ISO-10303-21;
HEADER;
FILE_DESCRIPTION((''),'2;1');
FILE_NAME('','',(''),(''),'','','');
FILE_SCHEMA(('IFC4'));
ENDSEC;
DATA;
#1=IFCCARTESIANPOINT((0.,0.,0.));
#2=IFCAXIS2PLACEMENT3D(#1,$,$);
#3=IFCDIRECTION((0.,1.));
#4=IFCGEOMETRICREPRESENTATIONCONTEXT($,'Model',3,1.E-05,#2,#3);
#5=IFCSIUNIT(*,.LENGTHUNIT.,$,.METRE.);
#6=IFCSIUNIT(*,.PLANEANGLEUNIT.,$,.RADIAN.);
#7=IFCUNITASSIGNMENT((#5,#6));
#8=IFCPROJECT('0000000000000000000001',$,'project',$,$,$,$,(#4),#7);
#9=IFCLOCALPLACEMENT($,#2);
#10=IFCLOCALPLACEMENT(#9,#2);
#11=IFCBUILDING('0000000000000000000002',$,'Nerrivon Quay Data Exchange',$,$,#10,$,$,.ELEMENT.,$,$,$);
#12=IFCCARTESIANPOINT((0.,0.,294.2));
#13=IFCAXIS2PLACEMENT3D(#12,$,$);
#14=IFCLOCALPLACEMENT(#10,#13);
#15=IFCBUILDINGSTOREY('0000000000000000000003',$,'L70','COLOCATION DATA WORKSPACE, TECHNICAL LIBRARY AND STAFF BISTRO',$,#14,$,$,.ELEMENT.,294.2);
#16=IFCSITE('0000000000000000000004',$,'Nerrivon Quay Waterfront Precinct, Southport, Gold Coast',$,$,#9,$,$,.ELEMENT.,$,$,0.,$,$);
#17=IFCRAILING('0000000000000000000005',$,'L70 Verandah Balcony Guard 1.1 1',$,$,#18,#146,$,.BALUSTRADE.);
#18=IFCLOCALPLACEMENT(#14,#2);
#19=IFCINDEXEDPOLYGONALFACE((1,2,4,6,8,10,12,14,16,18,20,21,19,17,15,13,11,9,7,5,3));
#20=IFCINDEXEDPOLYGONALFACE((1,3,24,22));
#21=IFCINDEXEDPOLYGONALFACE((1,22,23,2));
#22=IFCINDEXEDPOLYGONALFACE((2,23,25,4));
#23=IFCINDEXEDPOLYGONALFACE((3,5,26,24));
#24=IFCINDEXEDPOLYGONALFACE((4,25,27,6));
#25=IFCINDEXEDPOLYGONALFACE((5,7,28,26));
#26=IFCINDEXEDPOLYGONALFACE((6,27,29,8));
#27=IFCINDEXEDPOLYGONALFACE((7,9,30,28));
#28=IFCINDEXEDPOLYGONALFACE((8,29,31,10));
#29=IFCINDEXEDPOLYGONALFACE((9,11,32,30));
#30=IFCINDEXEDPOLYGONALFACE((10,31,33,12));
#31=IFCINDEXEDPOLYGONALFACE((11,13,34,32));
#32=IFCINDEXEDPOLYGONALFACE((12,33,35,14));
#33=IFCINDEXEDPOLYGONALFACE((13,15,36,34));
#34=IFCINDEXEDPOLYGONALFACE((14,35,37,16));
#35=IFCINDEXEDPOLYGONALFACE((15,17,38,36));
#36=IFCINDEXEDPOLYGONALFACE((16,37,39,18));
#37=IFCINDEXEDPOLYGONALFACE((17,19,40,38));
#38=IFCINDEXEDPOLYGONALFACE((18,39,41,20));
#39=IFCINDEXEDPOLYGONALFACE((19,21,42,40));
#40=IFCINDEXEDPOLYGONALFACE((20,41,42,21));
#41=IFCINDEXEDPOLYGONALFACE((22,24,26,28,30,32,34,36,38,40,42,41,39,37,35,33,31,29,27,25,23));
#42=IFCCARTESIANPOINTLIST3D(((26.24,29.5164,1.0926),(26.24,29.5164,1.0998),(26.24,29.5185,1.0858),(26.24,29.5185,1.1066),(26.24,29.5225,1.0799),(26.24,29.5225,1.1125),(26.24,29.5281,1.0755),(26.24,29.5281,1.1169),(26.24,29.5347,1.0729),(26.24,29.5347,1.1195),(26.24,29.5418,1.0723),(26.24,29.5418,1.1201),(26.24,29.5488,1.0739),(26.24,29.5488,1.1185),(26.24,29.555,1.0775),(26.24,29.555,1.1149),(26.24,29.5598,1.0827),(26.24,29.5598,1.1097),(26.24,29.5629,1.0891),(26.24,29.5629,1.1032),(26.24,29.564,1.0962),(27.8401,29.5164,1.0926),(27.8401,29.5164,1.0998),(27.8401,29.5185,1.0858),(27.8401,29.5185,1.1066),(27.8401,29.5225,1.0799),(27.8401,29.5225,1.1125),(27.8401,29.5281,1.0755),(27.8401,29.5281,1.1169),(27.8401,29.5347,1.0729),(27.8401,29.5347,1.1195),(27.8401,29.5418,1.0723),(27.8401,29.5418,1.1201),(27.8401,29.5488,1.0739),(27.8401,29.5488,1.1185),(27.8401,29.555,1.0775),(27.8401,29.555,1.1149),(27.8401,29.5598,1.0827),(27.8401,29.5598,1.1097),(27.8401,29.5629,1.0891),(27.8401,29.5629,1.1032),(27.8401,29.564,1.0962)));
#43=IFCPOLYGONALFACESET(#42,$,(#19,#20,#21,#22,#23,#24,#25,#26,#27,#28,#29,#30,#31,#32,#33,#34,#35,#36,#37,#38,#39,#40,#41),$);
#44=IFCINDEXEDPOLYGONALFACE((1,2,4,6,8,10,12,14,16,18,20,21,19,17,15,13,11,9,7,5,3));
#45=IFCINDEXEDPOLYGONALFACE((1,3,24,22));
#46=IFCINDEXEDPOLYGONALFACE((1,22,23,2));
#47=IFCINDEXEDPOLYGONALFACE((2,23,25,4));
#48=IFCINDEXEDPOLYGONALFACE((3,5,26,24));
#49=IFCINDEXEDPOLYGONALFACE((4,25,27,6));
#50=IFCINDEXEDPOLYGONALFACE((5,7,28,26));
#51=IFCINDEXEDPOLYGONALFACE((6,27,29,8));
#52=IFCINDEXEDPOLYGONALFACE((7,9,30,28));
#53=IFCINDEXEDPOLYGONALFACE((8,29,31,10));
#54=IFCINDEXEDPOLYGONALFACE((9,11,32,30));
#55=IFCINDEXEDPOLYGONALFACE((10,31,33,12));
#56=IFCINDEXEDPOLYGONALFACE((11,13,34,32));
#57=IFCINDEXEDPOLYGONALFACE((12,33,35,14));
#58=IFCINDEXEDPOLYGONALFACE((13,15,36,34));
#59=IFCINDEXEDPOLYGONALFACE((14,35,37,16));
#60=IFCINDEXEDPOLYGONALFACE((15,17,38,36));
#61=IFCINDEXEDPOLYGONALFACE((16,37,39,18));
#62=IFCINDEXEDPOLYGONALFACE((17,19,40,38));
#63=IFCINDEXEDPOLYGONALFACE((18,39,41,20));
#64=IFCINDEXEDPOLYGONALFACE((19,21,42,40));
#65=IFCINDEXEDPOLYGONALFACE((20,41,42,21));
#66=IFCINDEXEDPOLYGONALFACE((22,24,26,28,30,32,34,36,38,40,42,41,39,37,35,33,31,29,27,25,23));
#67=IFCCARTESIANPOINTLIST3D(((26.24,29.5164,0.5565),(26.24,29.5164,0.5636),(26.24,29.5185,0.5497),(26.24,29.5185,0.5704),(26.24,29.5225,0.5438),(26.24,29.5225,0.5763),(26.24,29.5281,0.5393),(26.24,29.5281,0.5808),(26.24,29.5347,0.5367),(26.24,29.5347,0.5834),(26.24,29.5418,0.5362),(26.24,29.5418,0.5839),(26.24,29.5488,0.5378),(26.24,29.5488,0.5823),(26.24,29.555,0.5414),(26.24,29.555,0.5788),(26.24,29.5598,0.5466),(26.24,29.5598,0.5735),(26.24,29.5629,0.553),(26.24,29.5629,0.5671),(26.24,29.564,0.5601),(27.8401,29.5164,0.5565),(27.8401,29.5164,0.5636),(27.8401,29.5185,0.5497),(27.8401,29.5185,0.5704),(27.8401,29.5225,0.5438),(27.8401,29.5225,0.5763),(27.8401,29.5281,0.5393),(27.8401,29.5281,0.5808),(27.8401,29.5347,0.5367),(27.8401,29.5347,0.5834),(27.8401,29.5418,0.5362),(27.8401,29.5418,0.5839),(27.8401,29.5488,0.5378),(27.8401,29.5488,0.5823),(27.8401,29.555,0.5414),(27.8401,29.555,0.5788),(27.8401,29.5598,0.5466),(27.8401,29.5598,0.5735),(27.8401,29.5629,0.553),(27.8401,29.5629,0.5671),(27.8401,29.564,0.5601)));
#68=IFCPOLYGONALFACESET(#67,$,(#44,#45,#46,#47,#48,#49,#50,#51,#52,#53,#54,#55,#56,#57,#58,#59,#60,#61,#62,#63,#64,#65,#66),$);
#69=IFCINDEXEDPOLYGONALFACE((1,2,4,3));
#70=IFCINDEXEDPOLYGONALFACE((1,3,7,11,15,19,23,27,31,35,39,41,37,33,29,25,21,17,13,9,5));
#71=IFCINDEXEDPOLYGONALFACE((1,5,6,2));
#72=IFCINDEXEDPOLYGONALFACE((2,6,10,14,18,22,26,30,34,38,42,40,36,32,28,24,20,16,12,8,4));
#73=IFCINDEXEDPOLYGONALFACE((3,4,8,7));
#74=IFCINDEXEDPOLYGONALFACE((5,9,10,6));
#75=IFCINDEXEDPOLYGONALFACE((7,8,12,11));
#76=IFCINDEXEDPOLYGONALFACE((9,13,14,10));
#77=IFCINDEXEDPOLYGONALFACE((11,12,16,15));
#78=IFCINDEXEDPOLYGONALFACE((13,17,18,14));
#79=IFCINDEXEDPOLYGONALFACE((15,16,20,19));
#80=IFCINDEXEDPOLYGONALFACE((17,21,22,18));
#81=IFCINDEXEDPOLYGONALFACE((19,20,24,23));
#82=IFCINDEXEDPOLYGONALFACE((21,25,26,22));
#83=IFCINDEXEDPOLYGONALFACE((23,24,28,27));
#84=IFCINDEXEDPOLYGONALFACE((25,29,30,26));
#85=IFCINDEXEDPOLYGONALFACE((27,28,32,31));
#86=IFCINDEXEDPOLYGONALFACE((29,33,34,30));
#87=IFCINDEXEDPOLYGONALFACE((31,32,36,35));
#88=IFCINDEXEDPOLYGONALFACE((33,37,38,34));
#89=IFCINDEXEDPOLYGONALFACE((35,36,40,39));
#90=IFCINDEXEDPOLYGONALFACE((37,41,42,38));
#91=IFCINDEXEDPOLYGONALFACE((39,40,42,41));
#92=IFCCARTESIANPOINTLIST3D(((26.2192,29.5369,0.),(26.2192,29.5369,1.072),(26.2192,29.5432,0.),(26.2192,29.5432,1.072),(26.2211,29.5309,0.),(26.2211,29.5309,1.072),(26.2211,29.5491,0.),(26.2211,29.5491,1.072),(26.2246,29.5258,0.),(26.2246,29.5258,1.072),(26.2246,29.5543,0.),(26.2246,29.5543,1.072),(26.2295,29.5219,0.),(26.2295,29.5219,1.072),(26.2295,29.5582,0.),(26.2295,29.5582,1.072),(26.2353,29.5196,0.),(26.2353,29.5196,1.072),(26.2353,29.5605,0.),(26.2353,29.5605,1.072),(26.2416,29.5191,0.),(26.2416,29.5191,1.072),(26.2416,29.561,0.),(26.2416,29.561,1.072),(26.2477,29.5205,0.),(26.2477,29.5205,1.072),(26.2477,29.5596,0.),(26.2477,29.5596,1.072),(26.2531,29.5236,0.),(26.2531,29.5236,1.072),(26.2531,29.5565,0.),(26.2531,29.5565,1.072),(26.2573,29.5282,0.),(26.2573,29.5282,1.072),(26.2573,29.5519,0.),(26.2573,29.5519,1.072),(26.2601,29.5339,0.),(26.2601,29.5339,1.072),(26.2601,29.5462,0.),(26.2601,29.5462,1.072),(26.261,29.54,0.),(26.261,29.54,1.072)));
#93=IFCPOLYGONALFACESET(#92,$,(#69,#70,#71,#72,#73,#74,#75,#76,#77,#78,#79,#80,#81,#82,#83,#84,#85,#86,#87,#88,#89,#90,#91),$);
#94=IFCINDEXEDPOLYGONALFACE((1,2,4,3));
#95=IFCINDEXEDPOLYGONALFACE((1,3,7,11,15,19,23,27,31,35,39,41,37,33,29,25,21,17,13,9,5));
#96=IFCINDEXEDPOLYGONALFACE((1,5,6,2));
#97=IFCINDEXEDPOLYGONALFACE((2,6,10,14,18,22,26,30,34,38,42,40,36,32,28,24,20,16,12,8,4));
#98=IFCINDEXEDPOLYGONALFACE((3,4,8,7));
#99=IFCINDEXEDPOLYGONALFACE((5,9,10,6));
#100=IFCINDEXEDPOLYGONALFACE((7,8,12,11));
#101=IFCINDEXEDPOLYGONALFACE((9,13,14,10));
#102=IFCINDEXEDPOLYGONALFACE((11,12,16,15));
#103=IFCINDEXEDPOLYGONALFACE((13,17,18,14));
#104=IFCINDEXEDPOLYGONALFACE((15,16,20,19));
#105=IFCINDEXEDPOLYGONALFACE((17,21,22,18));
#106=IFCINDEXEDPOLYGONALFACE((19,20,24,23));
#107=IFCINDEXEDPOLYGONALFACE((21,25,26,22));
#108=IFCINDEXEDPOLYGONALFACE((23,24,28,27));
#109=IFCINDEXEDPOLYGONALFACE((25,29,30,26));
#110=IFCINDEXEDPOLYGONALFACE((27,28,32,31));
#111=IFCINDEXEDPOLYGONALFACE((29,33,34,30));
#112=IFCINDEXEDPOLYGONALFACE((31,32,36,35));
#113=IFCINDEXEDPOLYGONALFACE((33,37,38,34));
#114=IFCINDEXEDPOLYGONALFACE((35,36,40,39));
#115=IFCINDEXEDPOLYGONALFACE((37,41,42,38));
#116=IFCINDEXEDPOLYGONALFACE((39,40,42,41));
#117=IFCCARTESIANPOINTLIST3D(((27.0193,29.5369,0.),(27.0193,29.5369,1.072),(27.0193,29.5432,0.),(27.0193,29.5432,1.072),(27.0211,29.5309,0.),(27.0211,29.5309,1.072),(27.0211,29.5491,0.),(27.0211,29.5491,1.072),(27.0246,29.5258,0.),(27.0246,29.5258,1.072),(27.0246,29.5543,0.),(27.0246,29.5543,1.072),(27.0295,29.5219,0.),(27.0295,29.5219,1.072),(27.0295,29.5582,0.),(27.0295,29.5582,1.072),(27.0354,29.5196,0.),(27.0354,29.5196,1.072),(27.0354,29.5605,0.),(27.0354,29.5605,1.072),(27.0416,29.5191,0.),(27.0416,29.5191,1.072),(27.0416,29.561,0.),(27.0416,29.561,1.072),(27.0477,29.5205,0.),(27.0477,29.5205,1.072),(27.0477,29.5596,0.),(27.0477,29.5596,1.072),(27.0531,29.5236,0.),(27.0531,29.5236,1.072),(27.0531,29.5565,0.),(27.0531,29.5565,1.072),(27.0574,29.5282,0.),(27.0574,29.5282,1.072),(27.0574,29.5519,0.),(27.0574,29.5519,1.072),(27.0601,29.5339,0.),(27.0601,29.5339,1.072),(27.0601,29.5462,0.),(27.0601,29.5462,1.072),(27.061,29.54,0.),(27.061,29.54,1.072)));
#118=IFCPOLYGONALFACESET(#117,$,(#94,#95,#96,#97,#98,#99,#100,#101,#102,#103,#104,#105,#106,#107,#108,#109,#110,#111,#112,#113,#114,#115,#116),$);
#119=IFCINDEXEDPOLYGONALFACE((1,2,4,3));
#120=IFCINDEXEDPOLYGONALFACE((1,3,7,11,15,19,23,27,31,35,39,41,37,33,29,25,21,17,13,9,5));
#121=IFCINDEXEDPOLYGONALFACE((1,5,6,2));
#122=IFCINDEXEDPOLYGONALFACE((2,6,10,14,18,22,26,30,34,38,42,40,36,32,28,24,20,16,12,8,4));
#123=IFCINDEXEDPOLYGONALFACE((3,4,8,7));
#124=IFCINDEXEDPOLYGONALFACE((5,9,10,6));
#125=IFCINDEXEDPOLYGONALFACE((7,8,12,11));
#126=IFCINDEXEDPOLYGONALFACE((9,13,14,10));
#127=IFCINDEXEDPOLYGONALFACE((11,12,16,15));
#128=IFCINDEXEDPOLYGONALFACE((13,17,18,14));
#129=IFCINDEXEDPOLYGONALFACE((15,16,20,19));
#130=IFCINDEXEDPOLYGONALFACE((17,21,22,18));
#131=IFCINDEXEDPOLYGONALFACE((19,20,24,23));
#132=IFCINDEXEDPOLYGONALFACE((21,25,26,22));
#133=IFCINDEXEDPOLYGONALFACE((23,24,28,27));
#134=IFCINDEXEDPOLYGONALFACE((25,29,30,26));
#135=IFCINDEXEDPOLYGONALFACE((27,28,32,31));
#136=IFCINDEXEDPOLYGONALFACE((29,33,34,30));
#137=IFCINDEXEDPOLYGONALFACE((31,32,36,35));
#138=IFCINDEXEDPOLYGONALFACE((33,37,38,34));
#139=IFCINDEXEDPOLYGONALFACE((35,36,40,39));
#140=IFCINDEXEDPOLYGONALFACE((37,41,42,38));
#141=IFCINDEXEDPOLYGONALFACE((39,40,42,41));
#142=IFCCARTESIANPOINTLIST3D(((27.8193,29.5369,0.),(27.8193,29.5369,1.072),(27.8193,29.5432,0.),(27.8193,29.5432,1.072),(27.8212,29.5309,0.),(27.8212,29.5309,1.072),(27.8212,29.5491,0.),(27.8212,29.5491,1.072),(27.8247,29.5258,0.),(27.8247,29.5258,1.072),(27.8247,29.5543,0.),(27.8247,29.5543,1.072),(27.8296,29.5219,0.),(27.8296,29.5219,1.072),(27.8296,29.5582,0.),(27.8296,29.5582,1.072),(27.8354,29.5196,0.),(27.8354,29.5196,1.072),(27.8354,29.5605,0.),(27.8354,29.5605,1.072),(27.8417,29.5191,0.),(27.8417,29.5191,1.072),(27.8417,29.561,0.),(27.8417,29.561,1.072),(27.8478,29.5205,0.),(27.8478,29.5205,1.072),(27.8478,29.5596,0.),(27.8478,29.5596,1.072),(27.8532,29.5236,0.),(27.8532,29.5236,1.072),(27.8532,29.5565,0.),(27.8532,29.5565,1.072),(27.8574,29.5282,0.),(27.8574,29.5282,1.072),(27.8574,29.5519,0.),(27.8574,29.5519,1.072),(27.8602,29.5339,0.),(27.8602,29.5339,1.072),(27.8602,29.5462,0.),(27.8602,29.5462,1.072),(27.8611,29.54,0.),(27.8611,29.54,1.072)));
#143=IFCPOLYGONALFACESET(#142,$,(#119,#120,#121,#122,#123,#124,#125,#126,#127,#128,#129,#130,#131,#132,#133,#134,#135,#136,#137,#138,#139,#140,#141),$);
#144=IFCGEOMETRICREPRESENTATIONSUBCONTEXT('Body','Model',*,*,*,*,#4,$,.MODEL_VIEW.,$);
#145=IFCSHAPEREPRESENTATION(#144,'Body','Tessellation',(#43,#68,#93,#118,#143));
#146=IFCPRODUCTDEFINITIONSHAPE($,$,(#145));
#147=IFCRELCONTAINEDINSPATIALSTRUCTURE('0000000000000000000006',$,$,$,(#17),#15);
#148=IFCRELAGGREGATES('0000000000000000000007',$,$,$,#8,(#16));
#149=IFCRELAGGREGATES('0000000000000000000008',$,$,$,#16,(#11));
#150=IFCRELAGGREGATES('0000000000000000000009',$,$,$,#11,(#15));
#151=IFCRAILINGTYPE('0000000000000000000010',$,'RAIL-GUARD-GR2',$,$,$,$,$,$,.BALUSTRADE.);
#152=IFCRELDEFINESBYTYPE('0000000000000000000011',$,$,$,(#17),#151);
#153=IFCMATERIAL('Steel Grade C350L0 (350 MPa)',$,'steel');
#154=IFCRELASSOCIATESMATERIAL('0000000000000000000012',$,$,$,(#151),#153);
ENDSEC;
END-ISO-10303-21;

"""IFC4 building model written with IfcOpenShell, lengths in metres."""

from ifc_helpers import new_model, si_unit, direction, frame, origin, origin_2d, place, context, subcontext, project, spatial, circle, extrude, material, type_object, element, save


model = new_model("IFC4")

# Units and contexts
model_context = context("Model", 3, precision=1e-05, world=origin(), true_north=direction((0.0, 1.0)))
body_context = subcontext(model_context, "Body", "Model", "MODEL_VIEW")
ifc_project = project(units=[si_unit("LENGTHUNIT", "METRE"), si_unit("PLANEANGLEUNIT", "RADIAN")], contexts=[model_context])

# Site, building, storey
site_placement = place(None, origin())
site = spatial("IfcSite", under=ifc_project, at=site_placement, Name="Nerrivon Quay Waterfront Precinct, Southport, Gold Coast", CompositionType="ELEMENT", RefElevation=0.0)
building_placement = place(site_placement, origin())
building = spatial("IfcBuilding", under=site, at=building_placement, Name="Nerrivon Quay Data Exchange", CompositionType="ELEMENT")
storey_placement = place(building_placement, frame((0.0, 0.0, 294.2)))
storey = spatial("IfcBuildingStorey", under=building, at=storey_placement, Name="L70", Description="COLOCATION DATA WORKSPACE, TECHNICAL LIBRARY AND STAFF BISTRO", CompositionType="ELEMENT", Elevation=294.2)

# Shared definitions
ifc_material_1 = material(Name="Steel Grade C350L0 (350 MPa)", Category="steel")

# Railing
railing_type = type_object("IfcRailingType", Name="RAIL-GUARD-GR2", PredefinedType="BALUSTRADE", material=ifc_material_1)
railing_1_placement = place(storey_placement, frame((26.24, 29.54, 0.0)))
element("IfcRailing", 1, at=railing_1_placement, inside=storey, type_object=railing_type, Name="L70 Verandah Balcony Guard 1.1 1", PredefinedType="BALUSTRADE", context=body_context, shape_type="SweptSolid", body=[
    extrude(circle(Radius=0.0239, at=origin_2d()), frame((0.0, 0.0, 1.0962), z_axis=(1.0, 0.0, 0.0), x_axis=(0.0, 1.0, 0.0)), (0.0, 0.0, 1.0), 1.6001),
    extrude(circle(Radius=0.0239, at=origin_2d()), frame((0.0, 0.0, 0.5601), z_axis=(1.0, 0.0, 0.0), x_axis=(0.0, 1.0, 0.0)), (0.0, 0.0, 1.0), 1.6001),
    extrude(circle(Radius=0.021, at=origin_2d()), origin(), (0.0, 0.0, 1.0), 1.072),
    extrude(circle(Radius=0.021, at=origin_2d()), frame((0.8, 0.0, 0.0)), (0.0, 0.0, 1.0), 1.072),
    extrude(circle(Radius=0.021, at=origin_2d()), frame((1.6001, 0.0, 0.0)), (0.0, 0.0, 1.0), 1.072),
])

save(model, "model.ifc")
